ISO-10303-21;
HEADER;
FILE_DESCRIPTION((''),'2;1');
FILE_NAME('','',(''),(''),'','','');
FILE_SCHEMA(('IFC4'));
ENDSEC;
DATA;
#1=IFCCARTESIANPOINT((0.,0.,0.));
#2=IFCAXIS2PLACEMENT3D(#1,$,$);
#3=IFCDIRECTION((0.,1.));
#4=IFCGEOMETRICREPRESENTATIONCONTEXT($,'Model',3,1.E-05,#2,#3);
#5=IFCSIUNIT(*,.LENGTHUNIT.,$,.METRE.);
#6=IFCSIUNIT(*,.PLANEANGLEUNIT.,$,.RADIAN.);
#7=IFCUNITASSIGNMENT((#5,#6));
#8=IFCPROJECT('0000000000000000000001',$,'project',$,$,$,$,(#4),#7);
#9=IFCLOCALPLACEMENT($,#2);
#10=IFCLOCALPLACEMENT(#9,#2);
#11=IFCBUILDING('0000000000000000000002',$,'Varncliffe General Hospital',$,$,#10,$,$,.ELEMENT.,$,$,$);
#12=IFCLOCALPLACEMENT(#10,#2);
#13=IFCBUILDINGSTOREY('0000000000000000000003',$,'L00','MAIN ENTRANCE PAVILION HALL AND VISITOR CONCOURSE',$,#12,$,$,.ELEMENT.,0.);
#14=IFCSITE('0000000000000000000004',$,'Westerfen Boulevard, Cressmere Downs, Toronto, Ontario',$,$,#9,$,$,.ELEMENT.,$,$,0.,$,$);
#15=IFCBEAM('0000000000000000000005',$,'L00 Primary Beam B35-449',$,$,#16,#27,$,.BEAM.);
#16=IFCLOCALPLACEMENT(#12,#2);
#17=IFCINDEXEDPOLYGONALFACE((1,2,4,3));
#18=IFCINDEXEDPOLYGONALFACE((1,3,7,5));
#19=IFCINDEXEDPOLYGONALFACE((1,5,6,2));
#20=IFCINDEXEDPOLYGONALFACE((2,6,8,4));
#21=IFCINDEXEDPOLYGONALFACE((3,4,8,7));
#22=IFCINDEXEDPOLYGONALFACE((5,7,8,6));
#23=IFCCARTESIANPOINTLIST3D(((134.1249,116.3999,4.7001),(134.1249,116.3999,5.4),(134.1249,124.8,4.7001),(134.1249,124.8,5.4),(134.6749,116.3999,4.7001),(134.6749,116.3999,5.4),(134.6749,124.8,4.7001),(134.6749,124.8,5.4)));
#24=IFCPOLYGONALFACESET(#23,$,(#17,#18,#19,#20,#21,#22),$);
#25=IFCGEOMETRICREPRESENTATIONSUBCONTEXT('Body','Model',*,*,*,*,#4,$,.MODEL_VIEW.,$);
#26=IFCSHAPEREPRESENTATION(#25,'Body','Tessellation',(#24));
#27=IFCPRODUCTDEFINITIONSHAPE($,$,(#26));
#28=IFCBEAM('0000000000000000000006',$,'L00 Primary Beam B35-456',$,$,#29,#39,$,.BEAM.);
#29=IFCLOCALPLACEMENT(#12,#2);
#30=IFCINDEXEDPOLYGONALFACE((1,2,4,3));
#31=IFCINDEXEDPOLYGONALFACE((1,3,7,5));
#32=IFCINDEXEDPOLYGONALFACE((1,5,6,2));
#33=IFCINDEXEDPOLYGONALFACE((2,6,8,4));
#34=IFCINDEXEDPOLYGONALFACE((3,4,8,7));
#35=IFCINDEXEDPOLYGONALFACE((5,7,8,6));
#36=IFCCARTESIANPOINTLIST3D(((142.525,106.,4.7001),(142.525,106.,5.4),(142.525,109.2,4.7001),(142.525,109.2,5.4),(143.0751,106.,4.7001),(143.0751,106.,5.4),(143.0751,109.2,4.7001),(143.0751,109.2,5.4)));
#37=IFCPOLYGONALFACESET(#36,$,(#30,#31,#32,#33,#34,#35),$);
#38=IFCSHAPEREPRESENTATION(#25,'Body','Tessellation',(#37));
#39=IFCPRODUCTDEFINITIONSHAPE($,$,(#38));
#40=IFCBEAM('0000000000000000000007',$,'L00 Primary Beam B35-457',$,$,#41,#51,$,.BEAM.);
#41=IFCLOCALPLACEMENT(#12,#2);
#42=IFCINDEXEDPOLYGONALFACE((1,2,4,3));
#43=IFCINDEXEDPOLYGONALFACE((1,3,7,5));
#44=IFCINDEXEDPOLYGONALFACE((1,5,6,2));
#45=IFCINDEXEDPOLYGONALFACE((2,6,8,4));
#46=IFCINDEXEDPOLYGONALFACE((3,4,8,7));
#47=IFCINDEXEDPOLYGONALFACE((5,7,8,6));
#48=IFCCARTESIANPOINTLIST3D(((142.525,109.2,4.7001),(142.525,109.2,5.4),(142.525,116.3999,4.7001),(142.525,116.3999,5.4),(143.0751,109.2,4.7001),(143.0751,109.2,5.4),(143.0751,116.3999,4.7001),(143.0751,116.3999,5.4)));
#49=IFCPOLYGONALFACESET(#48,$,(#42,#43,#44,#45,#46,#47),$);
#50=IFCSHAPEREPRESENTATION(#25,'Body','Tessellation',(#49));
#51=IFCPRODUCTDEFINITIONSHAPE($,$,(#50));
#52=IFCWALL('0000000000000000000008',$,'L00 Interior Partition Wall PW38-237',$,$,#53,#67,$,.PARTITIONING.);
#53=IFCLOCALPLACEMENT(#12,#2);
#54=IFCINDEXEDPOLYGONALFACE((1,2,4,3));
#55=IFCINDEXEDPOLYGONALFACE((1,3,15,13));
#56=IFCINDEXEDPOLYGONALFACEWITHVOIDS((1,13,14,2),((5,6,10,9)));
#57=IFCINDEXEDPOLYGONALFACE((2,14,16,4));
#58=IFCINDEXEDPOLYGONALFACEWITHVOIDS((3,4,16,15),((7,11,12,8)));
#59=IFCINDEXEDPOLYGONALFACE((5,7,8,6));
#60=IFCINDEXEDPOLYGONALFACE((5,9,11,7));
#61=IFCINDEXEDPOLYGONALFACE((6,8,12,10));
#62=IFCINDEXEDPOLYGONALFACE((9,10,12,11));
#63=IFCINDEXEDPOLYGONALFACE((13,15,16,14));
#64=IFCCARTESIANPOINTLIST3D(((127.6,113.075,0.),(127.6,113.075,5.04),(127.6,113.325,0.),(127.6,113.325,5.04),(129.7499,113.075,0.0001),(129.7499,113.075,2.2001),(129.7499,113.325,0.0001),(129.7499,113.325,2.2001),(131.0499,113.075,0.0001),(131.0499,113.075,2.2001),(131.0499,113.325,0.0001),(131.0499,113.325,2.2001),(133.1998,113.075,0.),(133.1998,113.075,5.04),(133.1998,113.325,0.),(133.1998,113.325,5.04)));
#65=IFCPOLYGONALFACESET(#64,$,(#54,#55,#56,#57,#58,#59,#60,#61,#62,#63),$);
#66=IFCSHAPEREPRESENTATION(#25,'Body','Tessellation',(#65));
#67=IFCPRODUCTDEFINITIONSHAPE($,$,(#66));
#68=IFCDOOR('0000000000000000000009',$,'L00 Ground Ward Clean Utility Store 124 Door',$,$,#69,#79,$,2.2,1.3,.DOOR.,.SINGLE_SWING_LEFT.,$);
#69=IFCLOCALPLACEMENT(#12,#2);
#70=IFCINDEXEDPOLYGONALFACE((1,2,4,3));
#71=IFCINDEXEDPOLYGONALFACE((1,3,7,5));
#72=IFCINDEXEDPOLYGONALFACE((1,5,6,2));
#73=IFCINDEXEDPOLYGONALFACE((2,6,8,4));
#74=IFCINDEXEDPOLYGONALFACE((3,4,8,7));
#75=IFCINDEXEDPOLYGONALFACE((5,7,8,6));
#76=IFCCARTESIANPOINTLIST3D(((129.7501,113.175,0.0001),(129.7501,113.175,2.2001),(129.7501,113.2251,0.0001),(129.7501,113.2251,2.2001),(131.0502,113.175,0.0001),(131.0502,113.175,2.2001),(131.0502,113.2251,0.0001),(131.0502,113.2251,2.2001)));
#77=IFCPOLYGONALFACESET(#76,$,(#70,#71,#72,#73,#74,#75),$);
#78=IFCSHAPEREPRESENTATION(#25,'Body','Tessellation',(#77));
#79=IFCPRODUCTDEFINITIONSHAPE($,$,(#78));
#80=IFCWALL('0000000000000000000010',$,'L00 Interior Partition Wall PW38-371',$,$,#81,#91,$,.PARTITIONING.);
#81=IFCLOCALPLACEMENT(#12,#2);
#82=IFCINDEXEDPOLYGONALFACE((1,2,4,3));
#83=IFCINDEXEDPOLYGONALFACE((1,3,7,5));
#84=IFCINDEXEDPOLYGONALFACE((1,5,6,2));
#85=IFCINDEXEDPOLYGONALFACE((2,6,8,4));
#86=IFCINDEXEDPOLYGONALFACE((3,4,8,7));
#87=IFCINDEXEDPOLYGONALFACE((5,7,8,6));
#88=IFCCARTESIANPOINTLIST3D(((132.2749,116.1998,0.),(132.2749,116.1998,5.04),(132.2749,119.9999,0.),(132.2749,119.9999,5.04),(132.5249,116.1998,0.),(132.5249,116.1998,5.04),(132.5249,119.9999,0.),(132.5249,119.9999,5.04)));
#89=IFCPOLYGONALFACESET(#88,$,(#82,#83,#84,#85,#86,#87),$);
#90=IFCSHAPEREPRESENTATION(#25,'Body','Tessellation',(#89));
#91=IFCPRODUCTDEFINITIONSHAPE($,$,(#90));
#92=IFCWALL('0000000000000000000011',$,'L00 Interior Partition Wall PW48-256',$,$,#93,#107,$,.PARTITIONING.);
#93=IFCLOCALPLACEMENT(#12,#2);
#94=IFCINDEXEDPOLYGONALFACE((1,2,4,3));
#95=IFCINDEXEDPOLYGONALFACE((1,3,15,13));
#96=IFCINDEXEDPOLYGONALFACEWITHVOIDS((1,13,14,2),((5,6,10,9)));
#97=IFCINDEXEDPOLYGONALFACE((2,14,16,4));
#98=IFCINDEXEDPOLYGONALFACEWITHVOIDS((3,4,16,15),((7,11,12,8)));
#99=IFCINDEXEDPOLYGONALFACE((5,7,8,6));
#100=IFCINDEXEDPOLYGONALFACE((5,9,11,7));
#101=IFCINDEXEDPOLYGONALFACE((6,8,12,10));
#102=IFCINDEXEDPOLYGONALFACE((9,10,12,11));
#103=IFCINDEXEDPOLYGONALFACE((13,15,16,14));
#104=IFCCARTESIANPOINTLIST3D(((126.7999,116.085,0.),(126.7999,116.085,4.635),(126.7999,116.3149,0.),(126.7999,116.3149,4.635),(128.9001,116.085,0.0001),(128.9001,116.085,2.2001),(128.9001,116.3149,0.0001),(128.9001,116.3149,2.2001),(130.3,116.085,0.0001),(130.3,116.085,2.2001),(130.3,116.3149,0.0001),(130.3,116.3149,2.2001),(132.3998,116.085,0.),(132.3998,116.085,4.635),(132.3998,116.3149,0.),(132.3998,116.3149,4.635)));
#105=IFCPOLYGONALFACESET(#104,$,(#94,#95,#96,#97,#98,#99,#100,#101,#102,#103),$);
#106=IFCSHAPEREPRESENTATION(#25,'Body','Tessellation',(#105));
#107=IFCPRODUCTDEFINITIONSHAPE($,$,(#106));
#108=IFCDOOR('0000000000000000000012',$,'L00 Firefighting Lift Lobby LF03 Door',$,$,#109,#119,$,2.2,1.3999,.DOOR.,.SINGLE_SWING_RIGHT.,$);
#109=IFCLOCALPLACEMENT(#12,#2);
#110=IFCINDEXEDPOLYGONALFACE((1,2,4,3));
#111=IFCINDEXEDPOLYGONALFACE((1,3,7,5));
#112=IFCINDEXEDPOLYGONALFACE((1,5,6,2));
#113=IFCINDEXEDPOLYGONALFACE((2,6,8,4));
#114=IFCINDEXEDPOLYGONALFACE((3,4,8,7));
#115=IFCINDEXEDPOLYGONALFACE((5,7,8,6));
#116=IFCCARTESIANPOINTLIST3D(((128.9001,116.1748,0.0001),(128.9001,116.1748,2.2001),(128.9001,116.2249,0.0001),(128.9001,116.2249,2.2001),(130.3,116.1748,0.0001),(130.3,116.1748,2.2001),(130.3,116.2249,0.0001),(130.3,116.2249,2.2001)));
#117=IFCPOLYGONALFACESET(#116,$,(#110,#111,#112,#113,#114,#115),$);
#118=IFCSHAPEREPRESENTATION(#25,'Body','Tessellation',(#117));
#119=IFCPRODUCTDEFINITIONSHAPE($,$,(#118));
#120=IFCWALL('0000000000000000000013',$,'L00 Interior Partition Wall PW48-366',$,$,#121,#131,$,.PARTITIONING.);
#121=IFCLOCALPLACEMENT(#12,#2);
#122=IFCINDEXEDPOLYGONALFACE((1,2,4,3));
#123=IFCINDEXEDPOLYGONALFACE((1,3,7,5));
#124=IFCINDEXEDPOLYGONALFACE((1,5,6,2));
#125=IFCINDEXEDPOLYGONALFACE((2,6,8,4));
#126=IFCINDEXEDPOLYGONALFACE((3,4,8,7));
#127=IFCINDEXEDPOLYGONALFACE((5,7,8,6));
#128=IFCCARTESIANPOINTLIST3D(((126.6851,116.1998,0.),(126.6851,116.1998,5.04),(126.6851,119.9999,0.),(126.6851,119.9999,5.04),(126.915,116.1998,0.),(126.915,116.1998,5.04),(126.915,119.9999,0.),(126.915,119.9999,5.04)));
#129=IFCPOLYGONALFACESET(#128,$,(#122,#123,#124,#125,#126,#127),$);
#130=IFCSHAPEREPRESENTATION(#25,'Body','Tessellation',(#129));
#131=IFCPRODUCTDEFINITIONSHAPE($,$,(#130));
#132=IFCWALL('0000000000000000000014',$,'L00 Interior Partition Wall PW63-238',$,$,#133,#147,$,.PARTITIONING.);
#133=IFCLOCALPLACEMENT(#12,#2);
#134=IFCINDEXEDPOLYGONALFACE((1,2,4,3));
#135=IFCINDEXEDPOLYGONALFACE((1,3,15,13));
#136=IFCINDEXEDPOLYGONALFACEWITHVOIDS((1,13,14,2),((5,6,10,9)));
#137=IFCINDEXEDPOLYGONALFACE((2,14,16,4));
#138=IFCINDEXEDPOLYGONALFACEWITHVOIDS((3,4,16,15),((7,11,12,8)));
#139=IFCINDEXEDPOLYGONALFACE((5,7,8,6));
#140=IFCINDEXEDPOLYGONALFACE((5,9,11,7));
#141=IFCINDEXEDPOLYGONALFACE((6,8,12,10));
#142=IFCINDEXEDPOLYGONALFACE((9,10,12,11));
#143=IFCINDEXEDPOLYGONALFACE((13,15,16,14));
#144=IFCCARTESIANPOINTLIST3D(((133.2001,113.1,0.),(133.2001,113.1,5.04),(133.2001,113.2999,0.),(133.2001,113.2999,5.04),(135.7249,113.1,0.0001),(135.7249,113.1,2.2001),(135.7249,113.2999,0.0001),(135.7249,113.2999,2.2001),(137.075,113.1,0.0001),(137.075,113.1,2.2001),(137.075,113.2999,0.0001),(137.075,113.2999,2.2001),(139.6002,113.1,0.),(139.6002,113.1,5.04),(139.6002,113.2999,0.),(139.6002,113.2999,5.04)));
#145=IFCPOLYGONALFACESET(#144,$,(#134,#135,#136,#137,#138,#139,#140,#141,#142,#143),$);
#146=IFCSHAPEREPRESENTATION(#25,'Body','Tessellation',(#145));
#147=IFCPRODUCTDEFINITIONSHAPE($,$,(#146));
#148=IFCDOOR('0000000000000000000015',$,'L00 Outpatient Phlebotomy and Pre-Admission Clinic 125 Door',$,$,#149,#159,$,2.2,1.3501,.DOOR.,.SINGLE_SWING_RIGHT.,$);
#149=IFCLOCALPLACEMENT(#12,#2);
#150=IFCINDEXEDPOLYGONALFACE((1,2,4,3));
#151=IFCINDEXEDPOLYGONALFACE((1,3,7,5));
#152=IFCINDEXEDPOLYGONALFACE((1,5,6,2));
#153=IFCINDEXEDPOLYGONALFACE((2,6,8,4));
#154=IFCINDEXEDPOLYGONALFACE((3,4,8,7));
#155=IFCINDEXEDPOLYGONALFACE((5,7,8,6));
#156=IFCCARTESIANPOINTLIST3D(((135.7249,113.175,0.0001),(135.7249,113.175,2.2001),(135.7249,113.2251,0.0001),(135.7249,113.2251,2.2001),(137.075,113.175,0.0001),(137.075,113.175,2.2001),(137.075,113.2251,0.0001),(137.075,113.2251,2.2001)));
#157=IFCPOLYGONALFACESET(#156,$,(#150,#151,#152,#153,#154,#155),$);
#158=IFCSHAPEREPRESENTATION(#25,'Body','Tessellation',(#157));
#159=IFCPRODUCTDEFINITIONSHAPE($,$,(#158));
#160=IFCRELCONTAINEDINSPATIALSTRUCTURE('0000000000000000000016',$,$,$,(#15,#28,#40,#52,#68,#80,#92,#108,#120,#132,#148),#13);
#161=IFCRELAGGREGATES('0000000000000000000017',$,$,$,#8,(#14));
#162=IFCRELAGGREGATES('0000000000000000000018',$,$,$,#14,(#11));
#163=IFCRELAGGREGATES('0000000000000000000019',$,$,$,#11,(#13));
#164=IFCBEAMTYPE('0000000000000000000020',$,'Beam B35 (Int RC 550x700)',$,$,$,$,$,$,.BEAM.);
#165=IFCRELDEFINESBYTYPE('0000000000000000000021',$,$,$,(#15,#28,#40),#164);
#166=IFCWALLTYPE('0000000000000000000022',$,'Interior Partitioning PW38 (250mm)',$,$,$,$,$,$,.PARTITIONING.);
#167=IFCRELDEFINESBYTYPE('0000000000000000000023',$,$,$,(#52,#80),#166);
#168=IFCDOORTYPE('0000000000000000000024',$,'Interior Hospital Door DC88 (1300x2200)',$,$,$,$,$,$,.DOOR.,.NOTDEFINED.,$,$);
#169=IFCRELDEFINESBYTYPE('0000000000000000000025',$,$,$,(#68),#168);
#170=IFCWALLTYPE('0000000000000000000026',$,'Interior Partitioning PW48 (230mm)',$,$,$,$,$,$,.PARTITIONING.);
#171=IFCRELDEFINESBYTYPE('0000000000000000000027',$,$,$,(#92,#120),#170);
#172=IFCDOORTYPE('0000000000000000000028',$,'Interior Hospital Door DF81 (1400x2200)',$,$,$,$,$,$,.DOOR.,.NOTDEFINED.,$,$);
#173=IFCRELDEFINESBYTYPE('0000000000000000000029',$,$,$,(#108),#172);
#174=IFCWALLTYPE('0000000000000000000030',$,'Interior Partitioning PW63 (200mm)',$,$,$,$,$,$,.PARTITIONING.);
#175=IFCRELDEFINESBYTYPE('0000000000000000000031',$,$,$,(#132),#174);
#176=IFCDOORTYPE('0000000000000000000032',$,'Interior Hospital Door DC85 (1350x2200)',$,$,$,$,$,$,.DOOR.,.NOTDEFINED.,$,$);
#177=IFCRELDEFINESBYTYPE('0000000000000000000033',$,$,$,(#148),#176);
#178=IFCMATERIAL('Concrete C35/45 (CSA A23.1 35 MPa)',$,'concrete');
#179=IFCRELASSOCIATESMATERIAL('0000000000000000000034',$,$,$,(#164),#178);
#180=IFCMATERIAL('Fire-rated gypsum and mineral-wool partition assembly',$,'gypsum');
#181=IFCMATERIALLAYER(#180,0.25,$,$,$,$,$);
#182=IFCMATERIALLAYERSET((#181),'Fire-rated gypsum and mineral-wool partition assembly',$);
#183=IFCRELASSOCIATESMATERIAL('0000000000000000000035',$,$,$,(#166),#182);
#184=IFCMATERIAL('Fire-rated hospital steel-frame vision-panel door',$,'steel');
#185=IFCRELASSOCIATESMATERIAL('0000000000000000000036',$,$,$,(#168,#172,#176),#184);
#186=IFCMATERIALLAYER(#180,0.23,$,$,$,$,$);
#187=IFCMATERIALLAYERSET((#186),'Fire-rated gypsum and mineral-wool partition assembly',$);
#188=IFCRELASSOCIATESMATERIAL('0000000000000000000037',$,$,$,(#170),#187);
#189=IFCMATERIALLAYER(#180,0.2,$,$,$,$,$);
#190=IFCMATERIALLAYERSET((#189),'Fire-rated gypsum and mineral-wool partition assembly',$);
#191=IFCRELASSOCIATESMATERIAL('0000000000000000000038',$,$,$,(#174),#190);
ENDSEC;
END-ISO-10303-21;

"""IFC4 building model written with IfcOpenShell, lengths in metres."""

from ifc_helpers import new_model, si_unit, direction, frame, frame_2d, origin, origin_2d, place, context, subcontext, project, spatial, rectangle, extrude, material, layer, layer_set, material_profile, profile_set, type_object, element, fill, save


model = new_model("IFC4")

# Units and contexts
model_context = context("Model", 3, precision=1e-05, world=origin(), true_north=direction((0.0, 1.0)))
body_context = subcontext(model_context, "Body", "Model", "MODEL_VIEW")
ifc_project = project(units=[si_unit("LENGTHUNIT", "METRE"), si_unit("PLANEANGLEUNIT", "RADIAN")], contexts=[model_context])

# Site, building, storey
site_placement = place(None, origin())
site = spatial("IfcSite", under=ifc_project, at=site_placement, Name="Westerfen Boulevard, Cressmere Downs, Toronto, Ontario", CompositionType="ELEMENT", RefElevation=0.0)
building_placement = place(site_placement, origin())
building = spatial("IfcBuilding", under=site, at=building_placement, Name="Varncliffe General Hospital", CompositionType="ELEMENT")
storey_placement = place(building_placement, origin())
storey = spatial("IfcBuildingStorey", under=building, at=storey_placement, Name="L00", Description="MAIN ENTRANCE PAVILION HALL AND VISITOR CONCOURSE", CompositionType="ELEMENT", Elevation=0.0)

# Beams
ifc_material_1 = material(Name="Concrete C35/45 (CSA A23.1 35 MPa)", Category="concrete")
ifc_material_profile_1 = material_profile(ifc_material_1, rectangle(XDim=0.55, YDim=0.7, at=origin_2d()), Name="RC 550x700")
ifc_profile_set_1 = profile_set([ifc_material_profile_1], Name="Concrete C35/45 (CSA A23.1 35 MPa)")
beam_type_1 = type_object("IfcBeamType", Name="Beam B35 (Int RC 550x700)", PredefinedType="BEAM", material=ifc_profile_set_1)
beam_1_placement = place(storey_placement, frame((134.3999, 116.3999, 5.05), z_axis=(0.0, 1.0, 0.0), x_axis=(-1.0, 0.0, 0.0)))
element("IfcBeam", 1, at=beam_1_placement, inside=storey, type_object=beam_type_1, Name="L00 Primary Beam B35-449", PredefinedType="BEAM", context=body_context, shape_type="SweptSolid", body=[
    extrude(rectangle(XDim=0.55, YDim=0.7, at=origin_2d()), origin(), (0.0, 0.0, 1.0), 8.4001),
])
beam_2_placement = place(storey_placement, frame((142.8, 106.0, 5.05), z_axis=(0.0, 1.0, 0.0), x_axis=(-1.0, 0.0, 0.0)))
element("IfcBeam", 2, at=beam_2_placement, inside=storey, type_object=beam_type_1, Name="L00 Primary Beam B35-456", PredefinedType="BEAM", context=body_context, shape_type="SweptSolid", body=[
    extrude(rectangle(XDim=0.55, YDim=0.7, at=origin_2d()), origin(), (0.0, 0.0, 1.0), 3.2),
])
beam_3_placement = place(storey_placement, frame((142.8, 109.2, 5.05), z_axis=(0.0, 1.0, 0.0), x_axis=(-1.0, 0.0, 0.0)))
element("IfcBeam", 3, at=beam_3_placement, inside=storey, type_object=beam_type_1, Name="L00 Primary Beam B35-457", PredefinedType="BEAM", context=body_context, shape_type="SweptSolid", body=[
    extrude(rectangle(XDim=0.55, YDim=0.7, at=origin_2d()), origin(), (0.0, 0.0, 1.0), 7.2),
])

# Wall, opening, door
ifc_material_2 = material(Name="Fire-rated gypsum and mineral-wool partition assembly", Category="gypsum")
ifc_layer_1 = layer(ifc_material_2, 0.25)
ifc_layer_set_1 = layer_set([ifc_layer_1], Name="Fire-rated gypsum and mineral-wool partition assembly")
wall_type_1 = type_object("IfcWallType", Name="Interior Partitioning PW38 (250mm)", PredefinedType="PARTITIONING", material=ifc_layer_set_1)
wall_1_placement = place(storey_placement, frame((127.6001, 113.2, 0.0), z_axis=(0.0, 0.0, 1.0), x_axis=(1.0, 0.0, 0.0)))
wall_1 = element("IfcWall", 4, at=wall_1_placement, inside=storey, type_object=wall_type_1, Name="L00 Interior Partition Wall PW38-237", PredefinedType="PARTITIONING", context=body_context, shape_type="SweptSolid", body=[
    extrude(rectangle(XDim=5.5999, YDim=0.25, at=frame_2d((2.7998, 0.0))), origin(), (0.0, 0.0, 1.0), 5.04),
])
opening_1_placement = place(wall_1_placement, frame((2.1499, 0.0, 0.0)))
opening_1 = element("IfcOpeningElement", 5, at=opening_1_placement, cuts=wall_1, PredefinedType="OPENING", context=body_context, shape_type="SweptSolid", body=[
    extrude(rectangle(XDim=1.3, YDim=2.2, at=frame_2d((0.6499, 1.1001))), frame((0.0, 0.135, 0.0), z_axis=(0.0, -1.0, 0.0), x_axis=(1.0, 0.0, 0.0)), (0.0, 0.0, 1.0), 0.27),
])
ifc_material_3 = material(Name="Fire-rated hospital steel-frame vision-panel door", Category="steel")
door_type_1 = type_object("IfcDoorType", Name="Interior Hospital Door DC88 (1300x2200)", OperationType="NOTDEFINED", PredefinedType="DOOR", material=ifc_material_3)
door_1_placement = place(opening_1_placement, frame((1.3, 0.0, 0.0), z_axis=(0.0, 0.0, 1.0), x_axis=(-1.0, 0.0, 0.0)))
door_1 = element("IfcDoor", 6, at=door_1_placement, inside=storey, type_object=door_type_1, Name="L00 Ground Ward Clean Utility Store 124 Door", OperationType="SINGLE_SWING_LEFT", OverallHeight=2.2, OverallWidth=1.3, PredefinedType="DOOR", context=body_context, shape_type="SweptSolid", body=[
    extrude(rectangle(XDim=1.3, YDim=2.2, at=frame_2d((0.6499, 1.1001))), frame((0.0, 0.0249, 0.0), z_axis=(0.0, -1.0, 0.0), x_axis=(1.0, 0.0, 0.0)), (0.0, 0.0, 1.0), 0.05),
])
fill(opening_1, door_1)

# Wall
wall_2_placement = place(storey_placement, frame((132.3999, 116.2, 0.0), z_axis=(0.0, 0.0, 1.0), x_axis=(0.0, 1.0, 0.0)))
element("IfcWall", 7, at=wall_2_placement, inside=storey, type_object=wall_type_1, Name="L00 Interior Partition Wall PW38-371", PredefinedType="PARTITIONING", context=body_context, shape_type="SweptSolid", body=[
    extrude(rectangle(XDim=3.8, YDim=0.25, at=frame_2d((1.8999, 0.0))), origin(), (0.0, 0.0, 1.0), 5.04),
])

# Wall, opening, door
ifc_layer_2 = layer(ifc_material_2, 0.23)
ifc_layer_set_2 = layer_set([ifc_layer_2], Name="Fire-rated gypsum and mineral-wool partition assembly")
wall_type_2 = type_object("IfcWallType", Name="Interior Partitioning PW48 (230mm)", PredefinedType="PARTITIONING", material=ifc_layer_set_2)
wall_3_placement = place(storey_placement, frame((126.8, 116.2, 0.0), z_axis=(0.0, 0.0, 1.0), x_axis=(1.0, 0.0, 0.0)))
wall_3 = element("IfcWall", 8, at=wall_3_placement, inside=storey, type_object=wall_type_2, Name="L00 Interior Partition Wall PW48-256", PredefinedType="PARTITIONING", context=body_context, shape_type="SweptSolid", body=[
    extrude(rectangle(XDim=5.5999, YDim=0.23, at=frame_2d((2.7998, 0.0))), origin(), (0.0, 0.0, 1.0), 4.635),
])
opening_2_placement = place(wall_3_placement, frame((2.1001, 0.0, 0.0)))
opening_2 = element("IfcOpeningElement", 9, at=opening_2_placement, cuts=wall_3, PredefinedType="OPENING", context=body_context, shape_type="SweptSolid", body=[
    extrude(rectangle(XDim=1.3999, YDim=2.2, at=frame_2d((0.7, 1.1001))), frame((0.0, 0.125, 0.0), z_axis=(0.0, -1.0, 0.0), x_axis=(1.0, 0.0, 0.0)), (0.0, 0.0, 1.0), 0.25),
])
door_type_2 = type_object("IfcDoorType", Name="Interior Hospital Door DF81 (1400x2200)", OperationType="NOTDEFINED", PredefinedType="DOOR", material=ifc_material_3)
door_2_placement = place(opening_2_placement, origin())
door_2 = element("IfcDoor", 10, at=door_2_placement, inside=storey, type_object=door_type_2, Name="L00 Firefighting Lift Lobby LF03 Door", OperationType="SINGLE_SWING_RIGHT", OverallHeight=2.2, OverallWidth=1.3999, PredefinedType="DOOR", context=body_context, shape_type="SweptSolid", body=[
    extrude(rectangle(XDim=1.3999, YDim=2.2, at=frame_2d((0.7, 1.1001))), frame((0.0, 0.0249, 0.0), z_axis=(0.0, -1.0, 0.0), x_axis=(1.0, 0.0, 0.0)), (0.0, 0.0, 1.0), 0.05),
])
fill(opening_2, door_2)

# Wall
wall_4_placement = place(storey_placement, frame((126.8, 116.2, 0.0), z_axis=(0.0, 0.0, 1.0), x_axis=(0.0, 1.0, 0.0)))
element("IfcWall", 11, at=wall_4_placement, inside=storey, type_object=wall_type_2, Name="L00 Interior Partition Wall PW48-366", PredefinedType="PARTITIONING", context=body_context, shape_type="SweptSolid", body=[
    extrude(rectangle(XDim=3.8, YDim=0.23, at=frame_2d((1.8999, 0.0))), origin(), (0.0, 0.0, 1.0), 5.04),
])

# Wall, opening, door
ifc_layer_3 = layer(ifc_material_2, 0.2)
ifc_layer_set_3 = layer_set([ifc_layer_3], Name="Fire-rated gypsum and mineral-wool partition assembly")
wall_type_3 = type_object("IfcWallType", Name="Interior Partitioning PW63 (200mm)", PredefinedType="PARTITIONING", material=ifc_layer_set_3)
wall_5_placement = place(storey_placement, frame((133.2, 113.2, 0.0), z_axis=(0.0, 0.0, 1.0), x_axis=(1.0, 0.0, 0.0)))
wall_5 = element("IfcWall", 12, at=wall_5_placement, inside=storey, type_object=wall_type_3, Name="L00 Interior Partition Wall PW63-238", PredefinedType="PARTITIONING", context=body_context, shape_type="SweptSolid", body=[
    extrude(rectangle(XDim=6.4001, YDim=0.2, at=frame_2d((3.2002, 0.0))), origin(), (0.0, 0.0, 1.0), 5.04),
])
opening_3_placement = place(wall_5_placement, frame((2.5249, 0.0, 0.0)))
opening_3 = element("IfcOpeningElement", 13, at=opening_3_placement, cuts=wall_5, PredefinedType="OPENING", context=body_context, shape_type="SweptSolid", body=[
    extrude(rectangle(XDim=1.3501, YDim=2.2, at=frame_2d((0.675, 1.1001))), frame((0.0, 0.1099, 0.0), z_axis=(0.0, -1.0, 0.0), x_axis=(1.0, 0.0, 0.0)), (0.0, 0.0, 1.0), 0.22),
])
door_type_3 = type_object("IfcDoorType", Name="Interior Hospital Door DC85 (1350x2200)", OperationType="NOTDEFINED", PredefinedType="DOOR", material=ifc_material_3)
door_3_placement = place(opening_3_placement, frame((1.3501, 0.0, 0.0), z_axis=(0.0, 0.0, 1.0), x_axis=(-1.0, 0.0, 0.0)))
door_3 = element("IfcDoor", 14, at=door_3_placement, inside=storey, type_object=door_type_3, Name="L00 Outpatient Phlebotomy and Pre-Admission Clinic 125 Door", OperationType="SINGLE_SWING_RIGHT", OverallHeight=2.2, OverallWidth=1.3501, PredefinedType="DOOR", context=body_context, shape_type="SweptSolid", body=[
    extrude(rectangle(XDim=1.3501, YDim=2.2, at=frame_2d((0.675, 1.1001))), frame((0.0, 0.0249, 0.0), z_axis=(0.0, -1.0, 0.0), x_axis=(1.0, 0.0, 0.0)), (0.0, 0.0, 1.0), 0.05),
])
fill(opening_3, door_3)

save(model, "model.ifc")
